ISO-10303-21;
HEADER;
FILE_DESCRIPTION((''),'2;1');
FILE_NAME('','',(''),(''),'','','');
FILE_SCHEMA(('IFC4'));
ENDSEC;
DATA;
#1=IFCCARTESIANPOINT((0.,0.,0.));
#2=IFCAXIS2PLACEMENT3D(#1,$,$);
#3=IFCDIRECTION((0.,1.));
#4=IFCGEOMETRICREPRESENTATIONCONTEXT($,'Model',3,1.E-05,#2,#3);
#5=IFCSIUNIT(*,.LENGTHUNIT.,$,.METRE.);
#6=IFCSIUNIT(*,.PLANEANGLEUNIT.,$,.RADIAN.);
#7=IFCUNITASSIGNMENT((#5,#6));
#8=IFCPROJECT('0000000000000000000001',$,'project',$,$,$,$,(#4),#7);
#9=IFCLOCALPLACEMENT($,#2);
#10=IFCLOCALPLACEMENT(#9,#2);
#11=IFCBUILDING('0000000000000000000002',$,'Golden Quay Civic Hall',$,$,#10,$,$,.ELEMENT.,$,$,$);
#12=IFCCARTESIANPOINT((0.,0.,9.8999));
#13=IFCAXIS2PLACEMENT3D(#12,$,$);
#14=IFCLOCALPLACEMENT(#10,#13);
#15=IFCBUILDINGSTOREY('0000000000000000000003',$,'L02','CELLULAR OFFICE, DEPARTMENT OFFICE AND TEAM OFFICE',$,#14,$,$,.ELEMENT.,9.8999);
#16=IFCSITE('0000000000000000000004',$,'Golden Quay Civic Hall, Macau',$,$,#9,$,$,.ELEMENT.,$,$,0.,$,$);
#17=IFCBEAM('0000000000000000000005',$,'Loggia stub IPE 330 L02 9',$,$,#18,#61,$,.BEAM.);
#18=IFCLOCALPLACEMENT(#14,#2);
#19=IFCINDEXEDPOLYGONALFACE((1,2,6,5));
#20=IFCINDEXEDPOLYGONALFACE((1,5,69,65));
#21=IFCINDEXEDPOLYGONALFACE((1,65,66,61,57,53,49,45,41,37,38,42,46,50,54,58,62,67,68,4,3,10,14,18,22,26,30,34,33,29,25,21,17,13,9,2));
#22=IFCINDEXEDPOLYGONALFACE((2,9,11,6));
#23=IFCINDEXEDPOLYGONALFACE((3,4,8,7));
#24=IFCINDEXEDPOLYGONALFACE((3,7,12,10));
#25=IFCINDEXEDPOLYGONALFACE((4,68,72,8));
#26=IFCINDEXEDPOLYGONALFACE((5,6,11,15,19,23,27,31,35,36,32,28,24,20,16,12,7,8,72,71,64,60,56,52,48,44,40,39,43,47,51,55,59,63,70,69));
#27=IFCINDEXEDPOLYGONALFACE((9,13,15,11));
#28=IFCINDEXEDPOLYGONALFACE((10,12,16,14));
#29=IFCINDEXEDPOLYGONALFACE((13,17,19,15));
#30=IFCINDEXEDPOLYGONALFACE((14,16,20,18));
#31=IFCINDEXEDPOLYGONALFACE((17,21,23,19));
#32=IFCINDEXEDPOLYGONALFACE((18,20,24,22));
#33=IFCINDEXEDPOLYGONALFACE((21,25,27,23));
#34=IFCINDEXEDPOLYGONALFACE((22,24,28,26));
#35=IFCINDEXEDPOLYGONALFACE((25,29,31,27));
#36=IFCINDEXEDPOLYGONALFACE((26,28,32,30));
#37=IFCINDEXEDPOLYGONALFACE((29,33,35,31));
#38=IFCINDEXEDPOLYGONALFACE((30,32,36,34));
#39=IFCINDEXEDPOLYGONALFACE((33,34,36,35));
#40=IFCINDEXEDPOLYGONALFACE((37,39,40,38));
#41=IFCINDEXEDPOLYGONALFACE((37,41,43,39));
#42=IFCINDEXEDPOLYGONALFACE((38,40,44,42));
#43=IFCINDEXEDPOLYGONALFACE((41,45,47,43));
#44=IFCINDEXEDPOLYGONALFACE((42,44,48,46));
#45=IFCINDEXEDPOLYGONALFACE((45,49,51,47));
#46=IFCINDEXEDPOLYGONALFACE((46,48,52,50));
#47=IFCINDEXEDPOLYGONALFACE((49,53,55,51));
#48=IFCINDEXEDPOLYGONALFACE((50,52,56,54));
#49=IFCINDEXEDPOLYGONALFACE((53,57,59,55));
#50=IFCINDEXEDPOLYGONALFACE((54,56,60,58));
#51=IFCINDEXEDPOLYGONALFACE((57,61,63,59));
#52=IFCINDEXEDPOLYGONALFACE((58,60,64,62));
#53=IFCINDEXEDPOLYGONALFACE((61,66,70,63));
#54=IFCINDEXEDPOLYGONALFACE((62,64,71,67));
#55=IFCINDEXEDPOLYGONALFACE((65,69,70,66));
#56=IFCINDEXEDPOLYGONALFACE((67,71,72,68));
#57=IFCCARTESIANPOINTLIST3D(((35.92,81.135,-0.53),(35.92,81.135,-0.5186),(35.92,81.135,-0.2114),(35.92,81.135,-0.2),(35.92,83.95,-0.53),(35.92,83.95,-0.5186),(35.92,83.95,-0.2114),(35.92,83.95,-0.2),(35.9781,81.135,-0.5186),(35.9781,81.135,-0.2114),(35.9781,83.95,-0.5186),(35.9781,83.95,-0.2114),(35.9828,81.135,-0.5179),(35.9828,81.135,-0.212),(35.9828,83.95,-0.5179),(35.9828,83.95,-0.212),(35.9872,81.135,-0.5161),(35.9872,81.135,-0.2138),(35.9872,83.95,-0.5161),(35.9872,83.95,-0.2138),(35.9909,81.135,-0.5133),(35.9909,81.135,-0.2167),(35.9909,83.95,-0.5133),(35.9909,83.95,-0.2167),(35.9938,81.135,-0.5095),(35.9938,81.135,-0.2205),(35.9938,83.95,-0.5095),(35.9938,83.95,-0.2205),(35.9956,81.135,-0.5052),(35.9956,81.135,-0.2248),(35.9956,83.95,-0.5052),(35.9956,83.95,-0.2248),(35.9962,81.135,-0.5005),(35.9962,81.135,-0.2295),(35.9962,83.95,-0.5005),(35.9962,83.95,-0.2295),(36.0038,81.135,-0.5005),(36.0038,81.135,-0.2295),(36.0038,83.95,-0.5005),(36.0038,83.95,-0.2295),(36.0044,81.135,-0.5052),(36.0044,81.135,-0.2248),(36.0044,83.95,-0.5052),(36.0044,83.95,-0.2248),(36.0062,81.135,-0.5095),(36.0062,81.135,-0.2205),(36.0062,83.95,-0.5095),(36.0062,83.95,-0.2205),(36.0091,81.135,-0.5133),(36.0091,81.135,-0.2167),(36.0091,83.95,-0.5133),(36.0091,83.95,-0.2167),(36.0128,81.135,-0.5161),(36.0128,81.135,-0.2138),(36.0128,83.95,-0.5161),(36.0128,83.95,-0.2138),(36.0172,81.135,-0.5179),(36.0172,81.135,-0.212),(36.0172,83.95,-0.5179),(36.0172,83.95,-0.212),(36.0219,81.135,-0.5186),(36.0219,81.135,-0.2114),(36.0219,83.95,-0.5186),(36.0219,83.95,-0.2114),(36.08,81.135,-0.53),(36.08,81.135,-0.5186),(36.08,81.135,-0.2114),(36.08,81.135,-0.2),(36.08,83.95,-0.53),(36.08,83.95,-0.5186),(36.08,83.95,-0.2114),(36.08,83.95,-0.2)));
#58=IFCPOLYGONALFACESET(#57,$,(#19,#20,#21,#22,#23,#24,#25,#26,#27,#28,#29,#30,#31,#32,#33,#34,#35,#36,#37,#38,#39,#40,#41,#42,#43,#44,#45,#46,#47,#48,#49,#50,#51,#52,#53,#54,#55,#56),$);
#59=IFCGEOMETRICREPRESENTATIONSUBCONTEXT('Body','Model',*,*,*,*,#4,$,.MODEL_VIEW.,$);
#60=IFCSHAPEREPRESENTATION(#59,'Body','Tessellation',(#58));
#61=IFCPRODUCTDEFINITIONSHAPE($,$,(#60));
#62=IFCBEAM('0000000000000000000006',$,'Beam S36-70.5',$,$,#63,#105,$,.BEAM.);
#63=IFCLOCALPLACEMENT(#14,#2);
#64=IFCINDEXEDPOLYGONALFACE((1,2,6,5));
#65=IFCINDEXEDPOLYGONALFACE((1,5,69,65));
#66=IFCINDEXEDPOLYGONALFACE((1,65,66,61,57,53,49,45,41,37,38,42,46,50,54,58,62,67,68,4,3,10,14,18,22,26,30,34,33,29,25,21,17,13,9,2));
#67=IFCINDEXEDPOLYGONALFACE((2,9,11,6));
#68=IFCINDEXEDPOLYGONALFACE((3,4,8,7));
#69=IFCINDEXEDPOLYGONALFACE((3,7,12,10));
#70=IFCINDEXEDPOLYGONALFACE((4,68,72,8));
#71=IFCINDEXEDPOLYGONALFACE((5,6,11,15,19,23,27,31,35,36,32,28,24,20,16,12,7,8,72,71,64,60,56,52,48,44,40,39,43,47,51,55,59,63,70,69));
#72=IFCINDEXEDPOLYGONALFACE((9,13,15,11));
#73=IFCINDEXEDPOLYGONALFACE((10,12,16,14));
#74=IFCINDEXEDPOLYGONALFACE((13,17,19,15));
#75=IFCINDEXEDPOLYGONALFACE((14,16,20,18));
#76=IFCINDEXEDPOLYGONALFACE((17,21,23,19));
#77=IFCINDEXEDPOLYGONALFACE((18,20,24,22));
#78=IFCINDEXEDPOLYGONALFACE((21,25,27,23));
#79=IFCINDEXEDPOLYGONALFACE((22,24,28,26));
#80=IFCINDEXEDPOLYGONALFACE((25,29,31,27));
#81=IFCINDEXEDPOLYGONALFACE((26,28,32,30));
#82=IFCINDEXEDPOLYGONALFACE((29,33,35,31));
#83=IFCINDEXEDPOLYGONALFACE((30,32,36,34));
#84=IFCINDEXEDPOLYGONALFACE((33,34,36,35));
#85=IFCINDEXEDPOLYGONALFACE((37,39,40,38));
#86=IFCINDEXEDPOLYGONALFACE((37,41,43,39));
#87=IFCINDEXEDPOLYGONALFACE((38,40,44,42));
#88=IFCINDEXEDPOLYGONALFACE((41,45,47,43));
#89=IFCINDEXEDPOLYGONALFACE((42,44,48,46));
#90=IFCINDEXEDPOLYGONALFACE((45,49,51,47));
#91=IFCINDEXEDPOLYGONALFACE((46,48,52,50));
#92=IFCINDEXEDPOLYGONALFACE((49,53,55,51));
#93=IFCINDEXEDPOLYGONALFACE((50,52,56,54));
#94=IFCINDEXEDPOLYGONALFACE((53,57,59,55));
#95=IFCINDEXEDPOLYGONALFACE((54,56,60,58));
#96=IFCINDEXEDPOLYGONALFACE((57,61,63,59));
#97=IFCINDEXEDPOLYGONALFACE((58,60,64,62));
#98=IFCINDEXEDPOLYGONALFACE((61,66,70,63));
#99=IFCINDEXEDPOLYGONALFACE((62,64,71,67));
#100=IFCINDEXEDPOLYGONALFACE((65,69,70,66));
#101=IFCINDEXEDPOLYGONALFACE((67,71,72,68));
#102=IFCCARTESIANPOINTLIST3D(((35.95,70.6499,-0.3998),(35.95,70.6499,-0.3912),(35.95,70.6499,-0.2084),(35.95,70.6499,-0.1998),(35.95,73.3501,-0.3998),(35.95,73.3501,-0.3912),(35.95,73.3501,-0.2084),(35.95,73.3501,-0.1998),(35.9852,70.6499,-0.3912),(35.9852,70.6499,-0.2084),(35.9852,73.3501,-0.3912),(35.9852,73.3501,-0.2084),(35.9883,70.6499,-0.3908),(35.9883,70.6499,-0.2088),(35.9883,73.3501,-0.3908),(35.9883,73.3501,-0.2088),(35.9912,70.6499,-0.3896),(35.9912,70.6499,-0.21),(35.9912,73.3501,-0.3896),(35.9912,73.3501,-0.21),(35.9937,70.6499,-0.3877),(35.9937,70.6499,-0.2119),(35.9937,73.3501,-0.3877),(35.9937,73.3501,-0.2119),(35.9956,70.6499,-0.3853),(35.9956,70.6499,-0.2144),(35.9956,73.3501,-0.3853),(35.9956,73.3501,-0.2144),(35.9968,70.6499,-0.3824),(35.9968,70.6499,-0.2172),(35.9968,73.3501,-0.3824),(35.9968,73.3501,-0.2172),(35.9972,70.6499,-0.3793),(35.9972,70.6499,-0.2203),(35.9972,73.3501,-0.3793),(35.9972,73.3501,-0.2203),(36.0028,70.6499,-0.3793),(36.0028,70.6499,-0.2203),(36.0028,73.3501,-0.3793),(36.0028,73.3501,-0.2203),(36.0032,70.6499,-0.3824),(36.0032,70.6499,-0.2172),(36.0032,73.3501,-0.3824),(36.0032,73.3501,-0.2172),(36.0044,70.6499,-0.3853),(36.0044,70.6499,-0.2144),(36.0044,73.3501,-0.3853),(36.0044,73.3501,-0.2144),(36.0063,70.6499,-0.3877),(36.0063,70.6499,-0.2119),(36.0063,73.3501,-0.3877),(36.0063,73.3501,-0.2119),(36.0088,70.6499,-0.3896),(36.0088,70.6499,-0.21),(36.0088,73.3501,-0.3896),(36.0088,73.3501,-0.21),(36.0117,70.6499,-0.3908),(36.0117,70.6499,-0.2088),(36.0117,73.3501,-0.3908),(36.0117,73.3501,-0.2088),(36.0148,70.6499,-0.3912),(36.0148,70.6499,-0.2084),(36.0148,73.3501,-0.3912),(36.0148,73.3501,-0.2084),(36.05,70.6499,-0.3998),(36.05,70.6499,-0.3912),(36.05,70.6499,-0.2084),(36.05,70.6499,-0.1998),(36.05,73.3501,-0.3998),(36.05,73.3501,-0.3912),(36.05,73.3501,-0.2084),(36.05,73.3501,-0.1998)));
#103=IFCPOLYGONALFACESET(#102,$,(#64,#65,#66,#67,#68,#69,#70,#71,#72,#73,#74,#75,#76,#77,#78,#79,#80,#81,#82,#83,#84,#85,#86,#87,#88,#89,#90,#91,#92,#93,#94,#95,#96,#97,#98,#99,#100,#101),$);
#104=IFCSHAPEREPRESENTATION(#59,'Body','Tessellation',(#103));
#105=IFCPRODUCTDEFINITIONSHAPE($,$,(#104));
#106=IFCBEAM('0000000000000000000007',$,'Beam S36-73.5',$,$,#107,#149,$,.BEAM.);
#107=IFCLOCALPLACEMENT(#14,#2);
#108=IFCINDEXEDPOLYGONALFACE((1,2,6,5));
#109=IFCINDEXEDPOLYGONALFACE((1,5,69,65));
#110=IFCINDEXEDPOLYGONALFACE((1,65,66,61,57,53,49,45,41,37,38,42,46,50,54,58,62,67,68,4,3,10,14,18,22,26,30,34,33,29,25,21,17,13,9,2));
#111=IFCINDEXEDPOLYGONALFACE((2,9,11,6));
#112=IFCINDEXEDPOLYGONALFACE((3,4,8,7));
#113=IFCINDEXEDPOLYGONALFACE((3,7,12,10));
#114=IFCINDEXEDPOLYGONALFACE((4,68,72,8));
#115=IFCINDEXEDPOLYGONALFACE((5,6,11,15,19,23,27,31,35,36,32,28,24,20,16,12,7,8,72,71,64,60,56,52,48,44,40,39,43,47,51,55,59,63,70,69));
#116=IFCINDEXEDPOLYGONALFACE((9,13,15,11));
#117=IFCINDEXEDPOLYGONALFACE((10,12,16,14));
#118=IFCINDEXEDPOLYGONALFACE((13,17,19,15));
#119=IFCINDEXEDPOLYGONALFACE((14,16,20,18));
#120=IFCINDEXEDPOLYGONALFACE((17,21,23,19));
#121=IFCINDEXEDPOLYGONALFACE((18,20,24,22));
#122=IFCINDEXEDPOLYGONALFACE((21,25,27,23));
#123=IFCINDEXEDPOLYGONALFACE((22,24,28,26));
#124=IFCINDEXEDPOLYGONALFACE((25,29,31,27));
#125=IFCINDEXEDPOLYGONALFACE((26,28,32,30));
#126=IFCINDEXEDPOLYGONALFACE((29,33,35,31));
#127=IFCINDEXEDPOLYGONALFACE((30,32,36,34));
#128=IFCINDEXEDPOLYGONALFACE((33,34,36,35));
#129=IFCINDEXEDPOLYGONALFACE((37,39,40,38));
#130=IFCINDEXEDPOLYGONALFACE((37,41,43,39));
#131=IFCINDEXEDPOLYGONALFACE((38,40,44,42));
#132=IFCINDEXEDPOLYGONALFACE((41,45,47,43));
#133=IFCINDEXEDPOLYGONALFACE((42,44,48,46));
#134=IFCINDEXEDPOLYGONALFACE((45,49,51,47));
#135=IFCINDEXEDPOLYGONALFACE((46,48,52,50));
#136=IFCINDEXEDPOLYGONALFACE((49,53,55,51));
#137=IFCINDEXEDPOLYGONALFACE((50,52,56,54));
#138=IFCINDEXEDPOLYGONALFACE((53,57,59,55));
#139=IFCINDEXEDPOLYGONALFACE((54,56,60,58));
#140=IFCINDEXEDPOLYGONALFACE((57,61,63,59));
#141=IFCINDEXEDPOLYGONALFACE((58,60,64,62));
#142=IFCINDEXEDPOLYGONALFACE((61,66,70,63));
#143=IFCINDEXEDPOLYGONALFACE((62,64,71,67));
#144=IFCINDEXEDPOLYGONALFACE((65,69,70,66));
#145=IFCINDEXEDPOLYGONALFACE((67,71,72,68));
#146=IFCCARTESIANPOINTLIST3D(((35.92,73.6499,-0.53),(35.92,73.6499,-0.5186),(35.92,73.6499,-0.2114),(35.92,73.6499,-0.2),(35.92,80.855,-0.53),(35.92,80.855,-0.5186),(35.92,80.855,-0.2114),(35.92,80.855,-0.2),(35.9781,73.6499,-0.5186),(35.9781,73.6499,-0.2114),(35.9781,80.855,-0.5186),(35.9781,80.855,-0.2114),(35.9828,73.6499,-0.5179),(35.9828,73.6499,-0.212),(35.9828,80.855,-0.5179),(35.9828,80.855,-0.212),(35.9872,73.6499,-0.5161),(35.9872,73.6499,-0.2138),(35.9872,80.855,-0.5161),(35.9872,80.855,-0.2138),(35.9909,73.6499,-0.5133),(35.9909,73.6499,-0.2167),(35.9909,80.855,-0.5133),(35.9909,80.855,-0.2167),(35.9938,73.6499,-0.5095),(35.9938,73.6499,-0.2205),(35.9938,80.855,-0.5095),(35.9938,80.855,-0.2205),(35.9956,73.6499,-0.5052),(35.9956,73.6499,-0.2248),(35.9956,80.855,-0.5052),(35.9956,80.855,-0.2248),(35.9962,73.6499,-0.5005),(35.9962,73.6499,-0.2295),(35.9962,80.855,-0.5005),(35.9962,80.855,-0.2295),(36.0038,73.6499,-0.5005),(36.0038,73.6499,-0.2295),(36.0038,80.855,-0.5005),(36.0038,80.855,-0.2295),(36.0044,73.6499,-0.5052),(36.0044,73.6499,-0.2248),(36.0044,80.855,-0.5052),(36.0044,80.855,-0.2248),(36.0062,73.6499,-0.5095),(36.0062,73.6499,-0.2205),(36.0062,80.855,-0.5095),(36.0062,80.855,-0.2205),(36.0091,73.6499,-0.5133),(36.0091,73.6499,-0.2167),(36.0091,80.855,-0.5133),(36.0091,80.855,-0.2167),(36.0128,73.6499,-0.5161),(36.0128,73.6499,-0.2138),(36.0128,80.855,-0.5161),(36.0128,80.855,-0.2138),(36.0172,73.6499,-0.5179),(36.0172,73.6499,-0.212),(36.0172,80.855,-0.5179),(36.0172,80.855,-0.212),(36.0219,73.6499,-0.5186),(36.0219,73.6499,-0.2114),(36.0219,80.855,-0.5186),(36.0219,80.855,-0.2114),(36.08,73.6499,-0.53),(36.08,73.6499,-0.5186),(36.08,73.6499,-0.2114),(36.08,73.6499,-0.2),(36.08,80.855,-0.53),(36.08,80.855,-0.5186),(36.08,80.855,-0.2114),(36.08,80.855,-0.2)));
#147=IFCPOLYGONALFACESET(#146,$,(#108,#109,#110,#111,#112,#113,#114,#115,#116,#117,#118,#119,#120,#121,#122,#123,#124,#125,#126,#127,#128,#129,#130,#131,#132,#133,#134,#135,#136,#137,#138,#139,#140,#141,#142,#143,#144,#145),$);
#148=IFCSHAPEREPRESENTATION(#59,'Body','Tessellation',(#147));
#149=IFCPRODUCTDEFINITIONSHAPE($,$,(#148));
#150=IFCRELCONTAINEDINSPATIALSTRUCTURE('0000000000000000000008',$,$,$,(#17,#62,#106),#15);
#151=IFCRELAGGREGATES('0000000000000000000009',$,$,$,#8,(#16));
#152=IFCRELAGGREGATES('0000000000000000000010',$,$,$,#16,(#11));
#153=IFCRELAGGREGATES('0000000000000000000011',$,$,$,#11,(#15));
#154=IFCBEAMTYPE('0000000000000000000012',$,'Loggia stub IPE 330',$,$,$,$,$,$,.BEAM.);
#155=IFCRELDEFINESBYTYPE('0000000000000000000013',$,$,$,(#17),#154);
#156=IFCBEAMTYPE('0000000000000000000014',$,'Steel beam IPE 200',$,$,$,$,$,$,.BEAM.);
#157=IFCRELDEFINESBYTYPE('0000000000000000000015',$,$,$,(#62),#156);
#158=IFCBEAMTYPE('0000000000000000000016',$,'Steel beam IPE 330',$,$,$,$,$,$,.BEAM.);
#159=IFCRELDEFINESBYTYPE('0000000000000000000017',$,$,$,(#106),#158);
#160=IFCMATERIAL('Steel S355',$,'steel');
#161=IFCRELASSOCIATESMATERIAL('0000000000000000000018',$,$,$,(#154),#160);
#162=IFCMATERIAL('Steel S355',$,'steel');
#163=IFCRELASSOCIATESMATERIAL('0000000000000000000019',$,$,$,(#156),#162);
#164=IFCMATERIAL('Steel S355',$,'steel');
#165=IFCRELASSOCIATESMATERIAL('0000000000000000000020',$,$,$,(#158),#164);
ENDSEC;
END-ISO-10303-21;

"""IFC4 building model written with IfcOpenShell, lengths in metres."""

from ifc_helpers import new_model, si_unit, direction, frame, origin, origin_2d, place, context, subcontext, project, spatial, i_section, extrude, material, material_profile, profile_set, type_object, element, save


model = new_model("IFC4")

# Units and contexts
model_context = context("Model", 3, precision=1e-05, world=origin(), true_north=direction((0.0, 1.0)))
body_context = subcontext(model_context, "Body", "Model", "MODEL_VIEW")
ifc_project = project(units=[si_unit("LENGTHUNIT", "METRE"), si_unit("PLANEANGLEUNIT", "RADIAN")], contexts=[model_context])

# Site, building, storey
site_placement = place(None, origin())
site = spatial("IfcSite", under=ifc_project, at=site_placement, Name="Golden Quay Civic Hall, Macau", CompositionType="ELEMENT", RefElevation=0.0)
building_placement = place(site_placement, origin())
building = spatial("IfcBuilding", under=site, at=building_placement, Name="Golden Quay Civic Hall", CompositionType="ELEMENT")
storey_placement = place(building_placement, frame((0.0, 0.0, 9.8999)))
storey = spatial("IfcBuildingStorey", under=building, at=storey_placement, Name="L02", Description="CELLULAR OFFICE, DEPARTMENT OFFICE AND TEAM OFFICE", CompositionType="ELEMENT", Elevation=9.8999)

# Beams
ifc_material_1 = material(Name="Steel S355", Category="steel")
ifc_material_profile_1 = material_profile(ifc_material_1, i_section(OverallWidth=0.1599, OverallDepth=0.3301, WebThickness=0.0076, FlangeThickness=0.0115, FilletRadius=0.0181, at=origin_2d()), Name="IPE 330")
ifc_profile_set_1 = profile_set([ifc_material_profile_1], Name="Steel S355")
beam_type_1 = type_object("IfcBeamType", Name="Loggia stub IPE 330", PredefinedType="BEAM", material=ifc_profile_set_1)
beam_1_placement = place(storey_placement, frame((36.0, 81.135, -0.365), z_axis=(0.0, 1.0, 0.0), x_axis=(-1.0, 0.0, 0.0)))
element("IfcBeam", 1, at=beam_1_placement, inside=storey, type_object=beam_type_1, Name="Loggia stub IPE 330 L02 9", PredefinedType="BEAM", context=body_context, shape_type="SweptSolid", body=[
    extrude(i_section(OverallWidth=0.1599, OverallDepth=0.3301, WebThickness=0.0076, FlangeThickness=0.0115, FilletRadius=0.0181, at=origin_2d()), origin(), (0.0, 0.0, 1.0), 2.8149),
])
ifc_material_2 = material(Name="Steel S355", Category="steel")
ifc_material_profile_2 = material_profile(ifc_material_2, i_section(OverallWidth=0.1001, OverallDepth=0.2, WebThickness=0.0056, FlangeThickness=0.0085, FilletRadius=0.012, at=origin_2d()), Name="IPE 200")
ifc_profile_set_2 = profile_set([ifc_material_profile_2], Name="Steel S355")
beam_type_2 = type_object("IfcBeamType", Name="Steel beam IPE 200", PredefinedType="BEAM", material=ifc_profile_set_2)
beam_2_placement = place(storey_placement, frame((36.0, 70.6499, -0.2998), z_axis=(0.0, 1.0, 0.0), x_axis=(-1.0, 0.0, 0.0)))
element("IfcBeam", 2, at=beam_2_placement, inside=storey, type_object=beam_type_2, Name="Beam S36-70.5", PredefinedType="BEAM", context=body_context, shape_type="SweptSolid", body=[
    extrude(i_section(OverallWidth=0.1001, OverallDepth=0.2, WebThickness=0.0056, FlangeThickness=0.0085, FilletRadius=0.012, at=origin_2d()), origin(), (0.0, 0.0, 1.0), 2.7002),
])
ifc_material_3 = material(Name="Steel S355", Category="steel")
ifc_material_profile_3 = material_profile(ifc_material_3, i_section(OverallWidth=0.1599, OverallDepth=0.3301, WebThickness=0.0076, FlangeThickness=0.0115, FilletRadius=0.0181, at=origin_2d()), Name="IPE 330")
ifc_profile_set_3 = profile_set([ifc_material_profile_3], Name="Steel S355")
beam_type_3 = type_object("IfcBeamType", Name="Steel beam IPE 330", PredefinedType="BEAM", material=ifc_profile_set_3)
beam_3_placement = place(storey_placement, frame((36.0, 73.6499, -0.365), z_axis=(0.0, 1.0, 0.0), x_axis=(-1.0, 0.0, 0.0)))
element("IfcBeam", 3, at=beam_3_placement, inside=storey, type_object=beam_type_3, Name="Beam S36-73.5", PredefinedType="BEAM", context=body_context, shape_type="SweptSolid", body=[
    extrude(i_section(OverallWidth=0.1599, OverallDepth=0.3301, WebThickness=0.0076, FlangeThickness=0.0115, FilletRadius=0.0181, at=origin_2d()), origin(), (0.0, 0.0, 1.0), 7.2051),
])

save(model, "model.ifc")
